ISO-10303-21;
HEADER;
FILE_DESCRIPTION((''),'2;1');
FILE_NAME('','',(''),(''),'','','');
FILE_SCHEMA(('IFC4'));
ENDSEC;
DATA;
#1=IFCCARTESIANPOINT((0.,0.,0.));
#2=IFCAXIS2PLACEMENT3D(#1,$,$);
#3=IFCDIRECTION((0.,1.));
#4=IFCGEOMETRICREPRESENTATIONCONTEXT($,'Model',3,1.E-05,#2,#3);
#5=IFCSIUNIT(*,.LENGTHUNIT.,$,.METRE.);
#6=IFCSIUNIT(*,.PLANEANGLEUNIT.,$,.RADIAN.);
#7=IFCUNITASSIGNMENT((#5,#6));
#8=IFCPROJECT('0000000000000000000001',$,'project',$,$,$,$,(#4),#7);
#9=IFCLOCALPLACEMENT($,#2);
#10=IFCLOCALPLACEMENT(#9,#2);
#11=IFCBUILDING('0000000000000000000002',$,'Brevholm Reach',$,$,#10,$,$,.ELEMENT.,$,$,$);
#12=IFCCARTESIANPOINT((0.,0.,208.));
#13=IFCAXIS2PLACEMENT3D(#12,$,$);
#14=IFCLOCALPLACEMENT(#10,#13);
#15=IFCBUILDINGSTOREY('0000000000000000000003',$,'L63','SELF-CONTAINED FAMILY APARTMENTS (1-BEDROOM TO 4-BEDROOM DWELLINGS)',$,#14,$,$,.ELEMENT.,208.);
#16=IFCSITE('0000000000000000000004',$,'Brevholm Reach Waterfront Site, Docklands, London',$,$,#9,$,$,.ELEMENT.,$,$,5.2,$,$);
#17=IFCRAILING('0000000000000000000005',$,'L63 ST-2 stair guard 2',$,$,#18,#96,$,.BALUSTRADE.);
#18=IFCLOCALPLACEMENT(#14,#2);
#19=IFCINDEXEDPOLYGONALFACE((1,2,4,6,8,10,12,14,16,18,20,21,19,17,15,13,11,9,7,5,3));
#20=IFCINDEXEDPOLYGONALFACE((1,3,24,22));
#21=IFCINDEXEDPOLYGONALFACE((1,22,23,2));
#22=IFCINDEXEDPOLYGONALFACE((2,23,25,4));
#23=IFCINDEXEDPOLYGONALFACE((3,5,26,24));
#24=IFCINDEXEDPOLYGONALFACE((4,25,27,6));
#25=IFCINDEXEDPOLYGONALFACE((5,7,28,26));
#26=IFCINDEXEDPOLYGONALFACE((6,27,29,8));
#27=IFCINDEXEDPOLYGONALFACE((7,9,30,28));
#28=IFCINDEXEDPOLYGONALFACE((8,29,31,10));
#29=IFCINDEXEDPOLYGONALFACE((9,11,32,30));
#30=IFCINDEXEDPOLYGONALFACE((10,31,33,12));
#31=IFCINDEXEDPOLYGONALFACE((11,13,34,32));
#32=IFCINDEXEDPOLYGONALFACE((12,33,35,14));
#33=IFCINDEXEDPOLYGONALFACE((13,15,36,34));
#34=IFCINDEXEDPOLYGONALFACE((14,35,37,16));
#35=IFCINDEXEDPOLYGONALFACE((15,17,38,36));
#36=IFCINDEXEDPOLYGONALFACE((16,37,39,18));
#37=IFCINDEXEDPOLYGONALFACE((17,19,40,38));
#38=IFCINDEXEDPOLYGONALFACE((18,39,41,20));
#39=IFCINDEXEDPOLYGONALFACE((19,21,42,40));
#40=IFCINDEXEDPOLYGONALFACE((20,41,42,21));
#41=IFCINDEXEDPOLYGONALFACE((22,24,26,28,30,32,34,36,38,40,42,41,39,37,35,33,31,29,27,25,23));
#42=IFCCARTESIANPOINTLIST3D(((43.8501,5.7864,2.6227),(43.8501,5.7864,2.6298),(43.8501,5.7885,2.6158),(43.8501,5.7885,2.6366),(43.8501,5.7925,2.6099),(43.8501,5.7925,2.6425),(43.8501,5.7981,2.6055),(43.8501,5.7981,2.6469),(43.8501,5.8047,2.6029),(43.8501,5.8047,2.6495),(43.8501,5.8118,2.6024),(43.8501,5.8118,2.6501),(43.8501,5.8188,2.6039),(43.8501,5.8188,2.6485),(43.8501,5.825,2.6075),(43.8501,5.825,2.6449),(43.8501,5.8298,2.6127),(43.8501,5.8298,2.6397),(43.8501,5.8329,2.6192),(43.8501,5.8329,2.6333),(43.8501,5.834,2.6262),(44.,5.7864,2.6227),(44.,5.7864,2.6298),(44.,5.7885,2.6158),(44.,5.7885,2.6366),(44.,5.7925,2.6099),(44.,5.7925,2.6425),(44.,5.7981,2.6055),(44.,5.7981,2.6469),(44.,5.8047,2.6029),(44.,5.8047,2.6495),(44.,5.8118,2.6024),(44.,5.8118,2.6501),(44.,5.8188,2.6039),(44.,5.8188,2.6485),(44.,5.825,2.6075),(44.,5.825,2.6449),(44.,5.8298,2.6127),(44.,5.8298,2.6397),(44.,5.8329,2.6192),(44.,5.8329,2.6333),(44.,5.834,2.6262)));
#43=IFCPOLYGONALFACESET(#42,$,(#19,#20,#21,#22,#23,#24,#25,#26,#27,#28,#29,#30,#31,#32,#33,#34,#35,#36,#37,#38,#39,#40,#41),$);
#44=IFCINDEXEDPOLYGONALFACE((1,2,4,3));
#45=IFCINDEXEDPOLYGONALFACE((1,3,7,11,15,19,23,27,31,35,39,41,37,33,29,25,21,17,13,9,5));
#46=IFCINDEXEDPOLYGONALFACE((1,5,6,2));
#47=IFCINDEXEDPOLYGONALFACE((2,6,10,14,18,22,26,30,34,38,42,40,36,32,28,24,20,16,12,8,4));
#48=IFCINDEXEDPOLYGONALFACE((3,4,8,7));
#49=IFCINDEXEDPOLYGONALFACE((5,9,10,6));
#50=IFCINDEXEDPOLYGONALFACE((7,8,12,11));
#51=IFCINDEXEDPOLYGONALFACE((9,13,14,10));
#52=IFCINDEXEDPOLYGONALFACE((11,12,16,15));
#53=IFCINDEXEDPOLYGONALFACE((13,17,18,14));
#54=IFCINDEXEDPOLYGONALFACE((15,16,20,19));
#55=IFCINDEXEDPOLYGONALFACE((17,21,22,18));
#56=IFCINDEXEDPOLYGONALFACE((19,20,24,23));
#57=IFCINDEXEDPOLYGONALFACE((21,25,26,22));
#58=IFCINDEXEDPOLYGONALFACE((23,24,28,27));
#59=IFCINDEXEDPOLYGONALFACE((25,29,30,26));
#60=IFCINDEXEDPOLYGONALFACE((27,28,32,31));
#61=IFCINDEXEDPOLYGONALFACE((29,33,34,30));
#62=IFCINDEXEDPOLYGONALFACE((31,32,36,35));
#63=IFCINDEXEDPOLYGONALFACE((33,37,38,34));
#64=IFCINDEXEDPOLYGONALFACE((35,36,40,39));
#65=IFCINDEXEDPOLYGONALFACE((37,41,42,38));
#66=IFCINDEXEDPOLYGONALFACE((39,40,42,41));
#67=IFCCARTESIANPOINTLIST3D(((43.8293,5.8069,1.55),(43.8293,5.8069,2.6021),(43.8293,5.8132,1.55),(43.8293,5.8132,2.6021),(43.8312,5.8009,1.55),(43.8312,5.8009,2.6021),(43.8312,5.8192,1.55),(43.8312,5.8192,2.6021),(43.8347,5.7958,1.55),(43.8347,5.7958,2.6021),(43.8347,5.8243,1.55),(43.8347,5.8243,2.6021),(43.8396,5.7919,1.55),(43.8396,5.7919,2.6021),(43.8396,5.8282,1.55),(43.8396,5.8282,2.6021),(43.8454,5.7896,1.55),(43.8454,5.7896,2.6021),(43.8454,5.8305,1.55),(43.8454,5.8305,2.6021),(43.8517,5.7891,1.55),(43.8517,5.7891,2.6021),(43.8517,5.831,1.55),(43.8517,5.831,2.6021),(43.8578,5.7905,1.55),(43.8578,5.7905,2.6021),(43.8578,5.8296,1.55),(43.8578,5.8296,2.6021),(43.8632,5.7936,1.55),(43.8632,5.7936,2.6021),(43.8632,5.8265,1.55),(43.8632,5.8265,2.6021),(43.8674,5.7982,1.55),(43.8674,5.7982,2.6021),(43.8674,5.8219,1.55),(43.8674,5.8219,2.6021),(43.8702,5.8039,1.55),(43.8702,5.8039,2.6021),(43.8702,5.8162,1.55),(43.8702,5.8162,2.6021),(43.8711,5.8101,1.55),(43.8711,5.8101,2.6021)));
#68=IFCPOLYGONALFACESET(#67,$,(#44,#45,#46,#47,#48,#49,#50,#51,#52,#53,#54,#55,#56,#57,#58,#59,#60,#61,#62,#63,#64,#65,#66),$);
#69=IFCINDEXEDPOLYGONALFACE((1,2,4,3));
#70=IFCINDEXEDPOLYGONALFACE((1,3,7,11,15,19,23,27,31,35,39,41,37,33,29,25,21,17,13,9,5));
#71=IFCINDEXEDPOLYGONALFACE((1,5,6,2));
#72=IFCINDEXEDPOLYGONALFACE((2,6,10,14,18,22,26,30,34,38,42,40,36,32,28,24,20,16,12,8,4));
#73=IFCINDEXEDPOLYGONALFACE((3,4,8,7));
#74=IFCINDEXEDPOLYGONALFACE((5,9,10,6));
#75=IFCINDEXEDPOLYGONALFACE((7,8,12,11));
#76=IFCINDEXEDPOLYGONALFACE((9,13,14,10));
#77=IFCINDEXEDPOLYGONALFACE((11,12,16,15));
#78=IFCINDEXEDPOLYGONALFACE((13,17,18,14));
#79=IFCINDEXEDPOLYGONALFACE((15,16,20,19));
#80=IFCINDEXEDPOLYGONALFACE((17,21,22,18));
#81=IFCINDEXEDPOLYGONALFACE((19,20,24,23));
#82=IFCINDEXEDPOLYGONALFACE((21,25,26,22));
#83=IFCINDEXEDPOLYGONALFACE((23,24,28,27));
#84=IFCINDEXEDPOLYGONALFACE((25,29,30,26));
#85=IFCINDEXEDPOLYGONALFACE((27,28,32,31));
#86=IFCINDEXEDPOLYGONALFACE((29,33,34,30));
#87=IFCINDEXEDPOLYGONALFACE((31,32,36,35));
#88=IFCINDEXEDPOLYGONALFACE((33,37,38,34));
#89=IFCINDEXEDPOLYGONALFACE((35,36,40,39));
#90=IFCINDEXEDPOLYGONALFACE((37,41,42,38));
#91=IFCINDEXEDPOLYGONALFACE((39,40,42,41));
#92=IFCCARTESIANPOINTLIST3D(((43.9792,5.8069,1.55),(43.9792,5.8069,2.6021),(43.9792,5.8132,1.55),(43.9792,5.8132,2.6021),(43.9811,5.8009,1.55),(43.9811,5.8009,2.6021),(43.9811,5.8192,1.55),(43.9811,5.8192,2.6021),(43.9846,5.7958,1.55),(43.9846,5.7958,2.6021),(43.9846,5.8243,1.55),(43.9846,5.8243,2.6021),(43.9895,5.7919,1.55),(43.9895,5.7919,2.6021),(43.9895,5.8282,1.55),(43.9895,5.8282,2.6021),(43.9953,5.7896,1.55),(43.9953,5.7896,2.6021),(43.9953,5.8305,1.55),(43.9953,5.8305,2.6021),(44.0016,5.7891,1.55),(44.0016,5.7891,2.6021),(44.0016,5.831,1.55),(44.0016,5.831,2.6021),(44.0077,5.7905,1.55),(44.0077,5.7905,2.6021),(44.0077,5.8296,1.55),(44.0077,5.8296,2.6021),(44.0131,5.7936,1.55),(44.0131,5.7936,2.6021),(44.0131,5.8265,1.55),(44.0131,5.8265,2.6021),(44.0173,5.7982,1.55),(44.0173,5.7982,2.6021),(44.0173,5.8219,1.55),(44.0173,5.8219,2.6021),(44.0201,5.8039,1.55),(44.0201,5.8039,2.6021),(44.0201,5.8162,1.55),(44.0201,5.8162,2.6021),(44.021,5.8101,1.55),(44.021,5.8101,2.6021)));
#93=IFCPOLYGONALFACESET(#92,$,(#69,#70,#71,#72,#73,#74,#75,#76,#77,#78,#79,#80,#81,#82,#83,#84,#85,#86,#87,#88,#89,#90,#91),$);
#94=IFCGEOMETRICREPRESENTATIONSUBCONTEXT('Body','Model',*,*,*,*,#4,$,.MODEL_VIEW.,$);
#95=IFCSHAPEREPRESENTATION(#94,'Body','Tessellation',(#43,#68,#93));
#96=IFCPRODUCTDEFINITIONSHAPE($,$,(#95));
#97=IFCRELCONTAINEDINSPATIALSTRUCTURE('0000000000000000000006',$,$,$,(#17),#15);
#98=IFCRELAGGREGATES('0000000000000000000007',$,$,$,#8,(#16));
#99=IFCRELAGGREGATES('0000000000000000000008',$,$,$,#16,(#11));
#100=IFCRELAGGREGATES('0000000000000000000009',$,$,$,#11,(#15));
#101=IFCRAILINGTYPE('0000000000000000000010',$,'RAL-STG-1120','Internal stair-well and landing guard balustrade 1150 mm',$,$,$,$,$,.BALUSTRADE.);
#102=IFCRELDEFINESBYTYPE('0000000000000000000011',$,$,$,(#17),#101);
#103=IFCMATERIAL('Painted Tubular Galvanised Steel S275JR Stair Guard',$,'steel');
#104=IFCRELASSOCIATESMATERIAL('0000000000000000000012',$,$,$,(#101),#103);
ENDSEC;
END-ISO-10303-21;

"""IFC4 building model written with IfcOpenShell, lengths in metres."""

from ifc_helpers import new_model, si_unit, direction, frame, origin, origin_2d, place, context, subcontext, project, spatial, circle, extrude, material, type_object, element, save


model = new_model("IFC4")

# Units and contexts
model_context = context("Model", 3, precision=1e-05, world=origin(), true_north=direction((0.0, 1.0)))
body_context = subcontext(model_context, "Body", "Model", "MODEL_VIEW")
ifc_project = project(units=[si_unit("LENGTHUNIT", "METRE"), si_unit("PLANEANGLEUNIT", "RADIAN")], contexts=[model_context])

# Site, building, storey
site_placement = place(None, origin())
site = spatial("IfcSite", under=ifc_project, at=site_placement, Name="Brevholm Reach Waterfront Site, Docklands, London", CompositionType="ELEMENT", RefElevation=5.2)
building_placement = place(site_placement, origin())
building = spatial("IfcBuilding", under=site, at=building_placement, Name="Brevholm Reach", CompositionType="ELEMENT")
storey_placement = place(building_placement, frame((0.0, 0.0, 208.0)))
storey = spatial("IfcBuildingStorey", under=building, at=storey_placement, Name="L63", Description="SELF-CONTAINED FAMILY APARTMENTS (1-BEDROOM TO 4-BEDROOM DWELLINGS)", CompositionType="ELEMENT", Elevation=208.0)

# Railing
ifc_material_1 = material(Name="Painted Tubular Galvanised Steel S275JR Stair Guard", Category="steel")
railing_type_1 = type_object("IfcRailingType", Name="RAL-STG-1120", Description="Internal stair-well and landing guard balustrade 1150 mm", PredefinedType="BALUSTRADE", material=ifc_material_1)
railing_1_placement = place(storey_placement, frame((43.8501, 5.8101, 1.55)))
element("IfcRailing", 1, at=railing_1_placement, inside=storey, type_object=railing_type_1, Name="L63 ST-2 stair guard 2", PredefinedType="BALUSTRADE", context=body_context, shape_type="SweptSolid", body=[
    extrude(circle(Radius=0.0239, at=origin_2d()), frame((0.0, 0.0, 1.0762), z_axis=(1.0, 0.0, 0.0), x_axis=(0.0, 1.0, 0.0)), (0.0, 0.0, 1.0), 0.1499),
    extrude(circle(Radius=0.021, at=origin_2d()), origin(), (0.0, 0.0, 1.0), 1.052),
    extrude(circle(Radius=0.021, at=origin_2d()), frame((0.1499, 0.0, 0.0)), (0.0, 0.0, 1.0), 1.052),
])

save(model, "model.ifc")
